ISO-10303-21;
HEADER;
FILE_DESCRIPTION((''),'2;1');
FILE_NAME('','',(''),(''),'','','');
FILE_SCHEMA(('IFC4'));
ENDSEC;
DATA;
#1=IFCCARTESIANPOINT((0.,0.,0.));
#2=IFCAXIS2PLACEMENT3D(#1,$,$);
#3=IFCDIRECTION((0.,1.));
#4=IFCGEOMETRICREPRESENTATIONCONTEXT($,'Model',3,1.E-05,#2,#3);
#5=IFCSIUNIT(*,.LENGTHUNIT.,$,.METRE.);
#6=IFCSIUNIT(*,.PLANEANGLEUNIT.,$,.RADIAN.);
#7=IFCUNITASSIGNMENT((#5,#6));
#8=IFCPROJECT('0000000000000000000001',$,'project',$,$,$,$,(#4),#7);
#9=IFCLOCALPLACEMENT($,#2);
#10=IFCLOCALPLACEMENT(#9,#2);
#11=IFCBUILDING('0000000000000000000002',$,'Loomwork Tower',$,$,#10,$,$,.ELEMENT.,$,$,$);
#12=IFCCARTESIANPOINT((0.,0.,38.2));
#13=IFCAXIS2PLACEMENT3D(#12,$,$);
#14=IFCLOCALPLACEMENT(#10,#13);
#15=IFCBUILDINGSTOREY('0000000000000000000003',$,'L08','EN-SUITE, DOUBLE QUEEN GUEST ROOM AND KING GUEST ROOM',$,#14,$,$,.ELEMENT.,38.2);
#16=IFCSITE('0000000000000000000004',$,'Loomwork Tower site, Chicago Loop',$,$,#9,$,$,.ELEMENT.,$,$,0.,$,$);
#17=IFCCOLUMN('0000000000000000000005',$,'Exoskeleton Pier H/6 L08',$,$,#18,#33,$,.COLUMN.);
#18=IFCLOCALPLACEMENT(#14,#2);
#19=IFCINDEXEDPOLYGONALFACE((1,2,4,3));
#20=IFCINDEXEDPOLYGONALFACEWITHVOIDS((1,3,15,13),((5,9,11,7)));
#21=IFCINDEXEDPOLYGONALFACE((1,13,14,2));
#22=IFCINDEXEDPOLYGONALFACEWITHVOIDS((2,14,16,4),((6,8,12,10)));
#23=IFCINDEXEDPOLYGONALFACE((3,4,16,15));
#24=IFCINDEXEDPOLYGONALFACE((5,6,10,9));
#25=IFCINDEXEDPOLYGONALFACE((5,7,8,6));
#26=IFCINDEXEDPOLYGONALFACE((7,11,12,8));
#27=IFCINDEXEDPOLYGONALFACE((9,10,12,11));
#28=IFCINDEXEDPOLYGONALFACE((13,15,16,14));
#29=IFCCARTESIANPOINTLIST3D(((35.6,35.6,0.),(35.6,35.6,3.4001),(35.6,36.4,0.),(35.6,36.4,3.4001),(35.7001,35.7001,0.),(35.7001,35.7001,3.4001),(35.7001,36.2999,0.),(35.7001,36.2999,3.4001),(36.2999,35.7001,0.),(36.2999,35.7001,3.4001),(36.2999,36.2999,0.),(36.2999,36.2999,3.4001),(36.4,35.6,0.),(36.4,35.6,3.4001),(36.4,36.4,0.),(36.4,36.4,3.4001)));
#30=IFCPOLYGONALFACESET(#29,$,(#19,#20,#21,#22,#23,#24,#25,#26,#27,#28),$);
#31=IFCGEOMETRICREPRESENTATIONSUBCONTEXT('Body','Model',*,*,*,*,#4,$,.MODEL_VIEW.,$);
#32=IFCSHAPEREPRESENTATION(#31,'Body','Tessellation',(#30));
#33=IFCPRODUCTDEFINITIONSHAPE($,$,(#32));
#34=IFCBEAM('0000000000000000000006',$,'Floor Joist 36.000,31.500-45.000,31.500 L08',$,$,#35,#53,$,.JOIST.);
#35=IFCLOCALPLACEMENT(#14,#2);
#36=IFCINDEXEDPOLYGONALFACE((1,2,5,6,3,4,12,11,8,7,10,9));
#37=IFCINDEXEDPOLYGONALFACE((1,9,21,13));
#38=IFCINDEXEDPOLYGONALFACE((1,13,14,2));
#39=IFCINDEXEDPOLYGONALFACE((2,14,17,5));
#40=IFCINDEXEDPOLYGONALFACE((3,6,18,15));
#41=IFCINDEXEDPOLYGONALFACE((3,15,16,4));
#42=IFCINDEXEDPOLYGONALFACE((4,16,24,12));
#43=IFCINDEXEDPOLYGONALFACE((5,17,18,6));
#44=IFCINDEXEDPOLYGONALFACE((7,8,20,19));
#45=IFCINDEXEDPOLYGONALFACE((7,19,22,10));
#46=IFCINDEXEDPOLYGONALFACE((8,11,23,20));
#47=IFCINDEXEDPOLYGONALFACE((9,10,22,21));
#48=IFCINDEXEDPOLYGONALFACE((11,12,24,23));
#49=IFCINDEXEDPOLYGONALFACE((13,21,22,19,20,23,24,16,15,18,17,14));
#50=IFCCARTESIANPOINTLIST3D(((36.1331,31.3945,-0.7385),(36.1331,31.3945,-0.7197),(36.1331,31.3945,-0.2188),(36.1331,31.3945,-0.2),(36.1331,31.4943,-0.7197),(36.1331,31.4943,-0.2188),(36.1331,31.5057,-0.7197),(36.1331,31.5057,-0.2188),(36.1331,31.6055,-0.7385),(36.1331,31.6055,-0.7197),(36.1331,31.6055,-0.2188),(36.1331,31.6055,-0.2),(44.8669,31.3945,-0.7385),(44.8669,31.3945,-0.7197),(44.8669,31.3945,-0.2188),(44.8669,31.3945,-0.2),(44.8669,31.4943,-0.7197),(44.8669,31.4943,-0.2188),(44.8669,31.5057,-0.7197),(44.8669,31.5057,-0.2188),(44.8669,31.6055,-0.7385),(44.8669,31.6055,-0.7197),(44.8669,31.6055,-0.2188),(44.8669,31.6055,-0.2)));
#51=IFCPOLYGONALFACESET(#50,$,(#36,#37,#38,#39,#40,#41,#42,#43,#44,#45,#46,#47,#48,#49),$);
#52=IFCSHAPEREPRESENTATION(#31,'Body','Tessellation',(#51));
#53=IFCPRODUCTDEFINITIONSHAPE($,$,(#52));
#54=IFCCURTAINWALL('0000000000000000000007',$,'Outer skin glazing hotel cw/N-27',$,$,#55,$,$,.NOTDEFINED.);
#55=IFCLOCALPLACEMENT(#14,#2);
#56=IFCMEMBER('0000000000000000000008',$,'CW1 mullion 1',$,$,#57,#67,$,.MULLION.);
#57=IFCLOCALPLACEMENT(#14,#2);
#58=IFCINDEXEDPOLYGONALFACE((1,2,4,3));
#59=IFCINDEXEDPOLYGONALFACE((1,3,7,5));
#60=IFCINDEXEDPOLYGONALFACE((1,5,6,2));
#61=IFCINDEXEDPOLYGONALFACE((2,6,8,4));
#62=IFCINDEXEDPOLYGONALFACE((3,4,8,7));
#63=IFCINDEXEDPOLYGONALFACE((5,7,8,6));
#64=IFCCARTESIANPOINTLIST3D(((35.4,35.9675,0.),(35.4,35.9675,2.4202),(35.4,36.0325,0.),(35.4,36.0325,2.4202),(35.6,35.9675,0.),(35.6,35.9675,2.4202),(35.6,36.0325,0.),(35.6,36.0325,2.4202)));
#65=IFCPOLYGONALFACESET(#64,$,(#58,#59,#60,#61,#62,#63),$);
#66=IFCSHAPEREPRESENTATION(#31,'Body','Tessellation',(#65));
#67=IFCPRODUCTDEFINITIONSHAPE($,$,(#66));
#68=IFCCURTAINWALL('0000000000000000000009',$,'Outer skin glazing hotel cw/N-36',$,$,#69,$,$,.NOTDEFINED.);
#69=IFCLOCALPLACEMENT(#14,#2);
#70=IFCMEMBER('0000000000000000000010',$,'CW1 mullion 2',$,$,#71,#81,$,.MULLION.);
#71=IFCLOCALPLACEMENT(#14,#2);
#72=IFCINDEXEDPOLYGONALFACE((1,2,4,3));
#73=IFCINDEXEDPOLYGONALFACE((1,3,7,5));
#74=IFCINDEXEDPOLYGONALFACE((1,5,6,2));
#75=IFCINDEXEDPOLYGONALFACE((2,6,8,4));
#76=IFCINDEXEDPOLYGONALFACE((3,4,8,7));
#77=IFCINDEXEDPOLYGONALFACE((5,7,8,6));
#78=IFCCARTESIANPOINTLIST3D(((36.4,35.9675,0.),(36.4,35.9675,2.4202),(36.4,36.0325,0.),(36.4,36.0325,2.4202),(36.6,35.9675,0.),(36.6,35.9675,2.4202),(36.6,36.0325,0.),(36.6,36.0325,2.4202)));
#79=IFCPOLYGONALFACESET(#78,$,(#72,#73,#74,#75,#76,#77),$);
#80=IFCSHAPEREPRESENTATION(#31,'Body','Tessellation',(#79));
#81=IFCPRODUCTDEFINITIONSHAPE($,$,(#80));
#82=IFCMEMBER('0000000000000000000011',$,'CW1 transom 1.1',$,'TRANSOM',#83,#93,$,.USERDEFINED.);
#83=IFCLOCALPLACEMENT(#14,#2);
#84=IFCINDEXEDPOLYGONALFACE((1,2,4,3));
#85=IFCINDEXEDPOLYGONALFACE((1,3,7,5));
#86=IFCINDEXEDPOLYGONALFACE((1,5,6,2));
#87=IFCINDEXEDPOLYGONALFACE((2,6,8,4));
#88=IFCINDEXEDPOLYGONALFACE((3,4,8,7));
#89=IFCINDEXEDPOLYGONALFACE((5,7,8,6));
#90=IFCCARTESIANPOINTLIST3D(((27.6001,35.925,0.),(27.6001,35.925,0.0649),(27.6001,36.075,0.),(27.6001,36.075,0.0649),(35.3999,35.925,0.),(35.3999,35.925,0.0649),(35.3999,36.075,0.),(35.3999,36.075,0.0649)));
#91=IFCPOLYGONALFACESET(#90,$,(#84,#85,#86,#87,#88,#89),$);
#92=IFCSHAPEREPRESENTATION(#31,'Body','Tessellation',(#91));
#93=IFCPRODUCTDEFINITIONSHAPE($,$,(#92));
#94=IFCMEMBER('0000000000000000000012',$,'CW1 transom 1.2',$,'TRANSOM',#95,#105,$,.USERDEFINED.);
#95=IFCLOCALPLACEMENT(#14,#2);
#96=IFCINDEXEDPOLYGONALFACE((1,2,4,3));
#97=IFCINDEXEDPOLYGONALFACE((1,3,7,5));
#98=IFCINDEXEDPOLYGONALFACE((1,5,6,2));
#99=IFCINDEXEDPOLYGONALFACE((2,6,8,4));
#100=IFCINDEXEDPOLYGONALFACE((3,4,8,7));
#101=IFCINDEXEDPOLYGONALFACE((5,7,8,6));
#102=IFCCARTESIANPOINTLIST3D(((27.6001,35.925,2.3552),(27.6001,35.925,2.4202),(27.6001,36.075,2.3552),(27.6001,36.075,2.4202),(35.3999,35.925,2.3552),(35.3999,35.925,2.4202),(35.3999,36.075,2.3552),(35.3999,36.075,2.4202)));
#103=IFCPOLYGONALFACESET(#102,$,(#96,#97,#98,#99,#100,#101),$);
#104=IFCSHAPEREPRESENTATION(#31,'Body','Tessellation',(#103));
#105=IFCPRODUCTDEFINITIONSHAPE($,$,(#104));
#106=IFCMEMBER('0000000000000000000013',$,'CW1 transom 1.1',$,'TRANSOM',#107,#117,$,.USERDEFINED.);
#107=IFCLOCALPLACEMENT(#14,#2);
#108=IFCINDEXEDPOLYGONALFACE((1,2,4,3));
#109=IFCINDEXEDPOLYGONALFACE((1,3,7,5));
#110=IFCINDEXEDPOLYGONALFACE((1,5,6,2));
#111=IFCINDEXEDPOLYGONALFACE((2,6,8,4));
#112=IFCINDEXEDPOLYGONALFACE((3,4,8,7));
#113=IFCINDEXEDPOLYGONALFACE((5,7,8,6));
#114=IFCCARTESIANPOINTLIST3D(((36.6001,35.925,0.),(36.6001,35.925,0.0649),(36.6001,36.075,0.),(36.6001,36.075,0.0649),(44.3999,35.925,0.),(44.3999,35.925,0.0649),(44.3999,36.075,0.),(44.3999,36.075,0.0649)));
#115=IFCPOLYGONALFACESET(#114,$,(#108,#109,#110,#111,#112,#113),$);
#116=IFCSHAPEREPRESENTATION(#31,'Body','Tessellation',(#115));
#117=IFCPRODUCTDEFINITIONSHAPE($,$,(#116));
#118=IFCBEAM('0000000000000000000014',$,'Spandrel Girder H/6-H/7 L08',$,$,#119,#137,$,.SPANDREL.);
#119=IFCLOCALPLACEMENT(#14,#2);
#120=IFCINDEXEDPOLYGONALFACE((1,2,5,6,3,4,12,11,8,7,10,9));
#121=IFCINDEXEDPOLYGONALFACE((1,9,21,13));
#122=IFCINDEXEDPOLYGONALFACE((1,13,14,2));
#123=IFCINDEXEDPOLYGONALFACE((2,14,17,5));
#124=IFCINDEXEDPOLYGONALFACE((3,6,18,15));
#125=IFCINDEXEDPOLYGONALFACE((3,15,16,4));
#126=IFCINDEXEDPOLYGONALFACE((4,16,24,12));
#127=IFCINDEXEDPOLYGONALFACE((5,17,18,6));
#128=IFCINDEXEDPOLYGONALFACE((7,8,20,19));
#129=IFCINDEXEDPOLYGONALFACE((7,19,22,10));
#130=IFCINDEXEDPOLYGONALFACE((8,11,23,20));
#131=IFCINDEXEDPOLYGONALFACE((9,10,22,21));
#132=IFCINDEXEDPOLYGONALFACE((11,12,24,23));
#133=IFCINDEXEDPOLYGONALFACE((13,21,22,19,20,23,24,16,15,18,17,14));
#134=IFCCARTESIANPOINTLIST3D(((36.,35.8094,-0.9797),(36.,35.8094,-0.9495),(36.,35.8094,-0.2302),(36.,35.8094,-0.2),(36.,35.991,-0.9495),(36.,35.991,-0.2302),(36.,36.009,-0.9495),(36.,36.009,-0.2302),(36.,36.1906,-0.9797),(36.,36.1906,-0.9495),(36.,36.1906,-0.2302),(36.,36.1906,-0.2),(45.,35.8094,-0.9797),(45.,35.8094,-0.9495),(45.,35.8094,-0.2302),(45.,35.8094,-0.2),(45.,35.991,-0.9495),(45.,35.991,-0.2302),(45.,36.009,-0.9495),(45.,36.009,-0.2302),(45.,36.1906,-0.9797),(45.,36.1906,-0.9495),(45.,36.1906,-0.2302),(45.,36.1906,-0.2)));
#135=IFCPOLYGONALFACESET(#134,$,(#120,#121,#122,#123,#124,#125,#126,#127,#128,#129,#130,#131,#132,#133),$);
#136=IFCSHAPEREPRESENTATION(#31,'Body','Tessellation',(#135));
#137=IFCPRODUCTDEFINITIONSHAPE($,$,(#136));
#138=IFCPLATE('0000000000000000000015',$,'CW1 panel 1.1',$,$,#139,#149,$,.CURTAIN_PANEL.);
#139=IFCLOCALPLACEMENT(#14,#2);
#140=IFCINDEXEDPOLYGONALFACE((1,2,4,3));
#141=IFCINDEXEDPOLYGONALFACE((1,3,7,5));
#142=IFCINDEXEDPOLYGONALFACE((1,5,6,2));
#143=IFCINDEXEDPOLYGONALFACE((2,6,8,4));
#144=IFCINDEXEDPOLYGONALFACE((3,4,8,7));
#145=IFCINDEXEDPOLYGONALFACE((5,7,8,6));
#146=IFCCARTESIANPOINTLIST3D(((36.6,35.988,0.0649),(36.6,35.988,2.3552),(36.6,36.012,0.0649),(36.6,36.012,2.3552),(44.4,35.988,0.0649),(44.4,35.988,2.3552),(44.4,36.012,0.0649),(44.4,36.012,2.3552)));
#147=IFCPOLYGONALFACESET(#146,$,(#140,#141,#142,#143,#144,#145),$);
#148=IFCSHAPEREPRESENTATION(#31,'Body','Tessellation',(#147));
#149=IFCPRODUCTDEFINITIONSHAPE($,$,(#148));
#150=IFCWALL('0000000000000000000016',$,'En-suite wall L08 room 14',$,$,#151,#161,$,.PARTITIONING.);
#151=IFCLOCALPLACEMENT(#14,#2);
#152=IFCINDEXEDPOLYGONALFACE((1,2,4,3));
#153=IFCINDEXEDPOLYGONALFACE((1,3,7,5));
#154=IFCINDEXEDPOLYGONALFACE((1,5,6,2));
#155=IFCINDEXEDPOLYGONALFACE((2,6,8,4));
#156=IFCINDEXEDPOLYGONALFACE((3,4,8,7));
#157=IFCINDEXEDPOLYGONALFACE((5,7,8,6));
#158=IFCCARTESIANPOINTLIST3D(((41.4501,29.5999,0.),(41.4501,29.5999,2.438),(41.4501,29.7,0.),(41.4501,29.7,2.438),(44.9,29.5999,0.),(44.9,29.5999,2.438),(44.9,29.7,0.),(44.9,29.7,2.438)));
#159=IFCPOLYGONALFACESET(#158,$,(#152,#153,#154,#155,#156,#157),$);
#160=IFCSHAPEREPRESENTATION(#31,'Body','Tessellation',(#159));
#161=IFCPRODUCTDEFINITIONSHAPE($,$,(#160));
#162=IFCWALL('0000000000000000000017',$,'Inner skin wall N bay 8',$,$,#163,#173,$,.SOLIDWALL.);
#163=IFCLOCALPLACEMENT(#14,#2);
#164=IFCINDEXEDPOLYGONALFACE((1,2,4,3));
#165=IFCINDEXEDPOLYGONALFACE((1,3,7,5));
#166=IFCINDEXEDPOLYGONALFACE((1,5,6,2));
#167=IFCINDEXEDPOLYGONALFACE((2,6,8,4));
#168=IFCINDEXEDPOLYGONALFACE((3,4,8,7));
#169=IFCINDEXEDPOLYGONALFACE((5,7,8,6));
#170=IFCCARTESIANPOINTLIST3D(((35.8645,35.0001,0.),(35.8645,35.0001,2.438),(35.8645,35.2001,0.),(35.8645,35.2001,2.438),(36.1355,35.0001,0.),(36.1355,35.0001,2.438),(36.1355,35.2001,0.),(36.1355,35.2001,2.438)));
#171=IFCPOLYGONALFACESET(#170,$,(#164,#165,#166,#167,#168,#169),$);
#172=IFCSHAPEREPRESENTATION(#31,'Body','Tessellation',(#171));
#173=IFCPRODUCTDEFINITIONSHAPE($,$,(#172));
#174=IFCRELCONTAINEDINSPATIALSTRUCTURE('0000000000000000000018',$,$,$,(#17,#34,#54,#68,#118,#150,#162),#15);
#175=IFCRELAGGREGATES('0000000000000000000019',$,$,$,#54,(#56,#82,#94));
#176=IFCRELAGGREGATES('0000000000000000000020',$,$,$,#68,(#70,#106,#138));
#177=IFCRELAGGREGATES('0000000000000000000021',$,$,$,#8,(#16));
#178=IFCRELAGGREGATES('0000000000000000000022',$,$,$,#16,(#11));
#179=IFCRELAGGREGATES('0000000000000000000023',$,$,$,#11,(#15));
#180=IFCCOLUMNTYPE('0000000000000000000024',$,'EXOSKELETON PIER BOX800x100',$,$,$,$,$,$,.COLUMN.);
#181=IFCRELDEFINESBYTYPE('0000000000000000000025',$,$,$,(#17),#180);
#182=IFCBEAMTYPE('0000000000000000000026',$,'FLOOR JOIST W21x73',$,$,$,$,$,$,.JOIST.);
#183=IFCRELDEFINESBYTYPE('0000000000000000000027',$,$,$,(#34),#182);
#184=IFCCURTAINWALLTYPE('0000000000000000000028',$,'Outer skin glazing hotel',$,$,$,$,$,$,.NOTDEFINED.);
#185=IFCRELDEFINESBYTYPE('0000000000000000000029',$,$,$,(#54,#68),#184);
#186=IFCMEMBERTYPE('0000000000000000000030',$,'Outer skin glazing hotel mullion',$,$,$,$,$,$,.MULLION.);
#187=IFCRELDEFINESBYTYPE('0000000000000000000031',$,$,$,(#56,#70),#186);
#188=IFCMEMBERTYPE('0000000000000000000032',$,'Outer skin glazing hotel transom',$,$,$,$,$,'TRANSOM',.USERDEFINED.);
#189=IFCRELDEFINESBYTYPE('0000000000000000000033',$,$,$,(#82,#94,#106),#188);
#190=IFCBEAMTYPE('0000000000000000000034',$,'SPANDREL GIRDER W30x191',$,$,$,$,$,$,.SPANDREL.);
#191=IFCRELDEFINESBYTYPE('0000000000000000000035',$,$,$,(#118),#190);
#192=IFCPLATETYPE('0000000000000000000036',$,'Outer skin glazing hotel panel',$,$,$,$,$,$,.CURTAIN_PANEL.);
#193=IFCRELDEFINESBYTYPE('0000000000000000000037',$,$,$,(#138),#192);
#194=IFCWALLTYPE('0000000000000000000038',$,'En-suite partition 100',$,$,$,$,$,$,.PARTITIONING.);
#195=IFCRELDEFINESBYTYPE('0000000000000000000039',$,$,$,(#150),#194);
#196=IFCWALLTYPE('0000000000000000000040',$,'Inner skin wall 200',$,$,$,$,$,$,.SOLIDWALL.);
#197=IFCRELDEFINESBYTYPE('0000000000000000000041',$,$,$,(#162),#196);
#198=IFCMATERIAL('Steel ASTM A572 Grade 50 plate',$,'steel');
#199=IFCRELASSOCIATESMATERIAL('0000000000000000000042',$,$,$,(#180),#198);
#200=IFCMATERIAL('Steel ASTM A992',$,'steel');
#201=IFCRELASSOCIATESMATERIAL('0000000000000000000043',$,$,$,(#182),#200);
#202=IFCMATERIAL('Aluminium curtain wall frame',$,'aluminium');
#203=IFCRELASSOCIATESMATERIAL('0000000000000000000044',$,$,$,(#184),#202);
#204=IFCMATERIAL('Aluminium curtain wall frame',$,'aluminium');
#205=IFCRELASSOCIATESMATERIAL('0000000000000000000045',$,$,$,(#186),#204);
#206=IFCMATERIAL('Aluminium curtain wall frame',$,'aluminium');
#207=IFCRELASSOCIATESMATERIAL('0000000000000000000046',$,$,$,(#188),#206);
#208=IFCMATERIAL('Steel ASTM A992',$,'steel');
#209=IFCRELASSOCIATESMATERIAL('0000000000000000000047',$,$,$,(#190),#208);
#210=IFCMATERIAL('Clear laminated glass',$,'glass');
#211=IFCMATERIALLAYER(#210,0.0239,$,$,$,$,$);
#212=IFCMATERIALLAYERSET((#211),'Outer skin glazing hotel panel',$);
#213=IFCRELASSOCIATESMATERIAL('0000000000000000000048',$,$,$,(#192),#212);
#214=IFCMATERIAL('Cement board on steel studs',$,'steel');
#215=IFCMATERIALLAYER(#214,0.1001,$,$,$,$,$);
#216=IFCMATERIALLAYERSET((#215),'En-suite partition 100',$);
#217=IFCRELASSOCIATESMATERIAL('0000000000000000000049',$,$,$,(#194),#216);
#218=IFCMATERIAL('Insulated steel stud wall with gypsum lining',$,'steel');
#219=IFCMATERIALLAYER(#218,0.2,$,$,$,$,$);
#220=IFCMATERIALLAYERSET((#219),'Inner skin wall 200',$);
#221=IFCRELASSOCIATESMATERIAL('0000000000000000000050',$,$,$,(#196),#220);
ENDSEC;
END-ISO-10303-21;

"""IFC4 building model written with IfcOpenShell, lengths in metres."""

from ifc_helpers import new_model, si_unit, direction, frame, frame_2d, origin, origin_2d, place, context, subcontext, project, spatial, rectangle, hollow_rectangle, i_section, extrude, material, layer, layer_set, material_profile, profile_set, type_object, element, aggregate, save


model = new_model("IFC4")

# Units and contexts
model_context = context("Model", 3, precision=1e-05, world=origin(), true_north=direction((0.0, 1.0)))
body_context = subcontext(model_context, "Body", "Model", "MODEL_VIEW")
ifc_project = project(units=[si_unit("LENGTHUNIT", "METRE"), si_unit("PLANEANGLEUNIT", "RADIAN")], contexts=[model_context])

# Site, building, storey
site_placement = place(None, origin())
site = spatial("IfcSite", under=ifc_project, at=site_placement, Name="Loomwork Tower site, Chicago Loop", CompositionType="ELEMENT", RefElevation=0.0)
building_placement = place(site_placement, origin())
building = spatial("IfcBuilding", under=site, at=building_placement, Name="Loomwork Tower", CompositionType="ELEMENT")
storey_placement = place(building_placement, frame((0.0, 0.0, 38.2)))
storey = spatial("IfcBuildingStorey", under=building, at=storey_placement, Name="L08", Description="EN-SUITE, DOUBLE QUEEN GUEST ROOM AND KING GUEST ROOM", CompositionType="ELEMENT", Elevation=38.2)

# Column
ifc_material_1 = material(Name="Steel ASTM A572 Grade 50 plate", Category="steel")
ifc_material_profile_1 = material_profile(ifc_material_1, hollow_rectangle(XDim=0.8, YDim=0.8, WallThickness=0.1001, at=origin_2d()), Name="BOX800x100")
ifc_profile_set_1 = profile_set([ifc_material_profile_1], Name="Steel ASTM A572 Grade 50 plate")
column_type = type_object("IfcColumnType", Name="EXOSKELETON PIER BOX800x100", PredefinedType="COLUMN", material=ifc_profile_set_1)
column_placement = place(storey_placement, frame((36.0, 36.0, 0.0), z_axis=(0.0, 0.0, 1.0), x_axis=(1.0, 0.0, 0.0)))
element("IfcColumn", 1, at=column_placement, inside=storey, type_object=column_type, Name="Exoskeleton Pier H/6 L08", PredefinedType="COLUMN", context=body_context, shape_type="SweptSolid", body=[
    extrude(hollow_rectangle(XDim=0.8, YDim=0.8, WallThickness=0.1001, at=origin_2d()), origin(), (0.0, 0.0, 1.0), 3.4001),
])

# Beam
ifc_material_2 = material(Name="Steel ASTM A992", Category="steel")
ifc_material_profile_2 = material_profile(ifc_material_2, i_section(OverallWidth=0.2109, OverallDepth=0.5386, WebThickness=0.0115, FlangeThickness=0.0188, at=origin_2d()), Name="W21x73")
ifc_profile_set_2 = profile_set([ifc_material_profile_2], Name="Steel ASTM A992")
beam_type_1 = type_object("IfcBeamType", Name="FLOOR JOIST W21x73", PredefinedType="JOIST", material=ifc_profile_set_2)
beam_1_placement = place(storey_placement, frame((36.1331, 31.5, -0.4692), z_axis=(1.0, 0.0, 0.0), x_axis=(0.0, 1.0, 0.0)))
element("IfcBeam", 2, at=beam_1_placement, inside=storey, type_object=beam_type_1, Name="Floor Joist 36.000,31.500-45.000,31.500 L08", PredefinedType="JOIST", context=body_context, shape_type="SweptSolid", body=[
    extrude(i_section(OverallWidth=0.2109, OverallDepth=0.5386, WebThickness=0.0115, FlangeThickness=0.0188, at=origin_2d()), origin(), (0.0, 0.0, 1.0), 8.7339),
])

# Curtain walls, members
ifc_material_3 = material(Name="Aluminium curtain wall frame", Category="aluminium")
curtain_wall_type = type_object("IfcCurtainWallType", Name="Outer skin glazing hotel", PredefinedType="NOTDEFINED", material=ifc_material_3)
curtain_wall_1_placement = place(storey_placement, origin())
curtain_wall_1 = element("IfcCurtainWall", 3, at=curtain_wall_1_placement, inside=storey, type_object=curtain_wall_type, Name="Outer skin glazing hotel cw/N-27", PredefinedType="NOTDEFINED")
ifc_material_4 = material(Name="Aluminium curtain wall frame", Category="aluminium")
ifc_material_profile_3 = material_profile(ifc_material_4, rectangle(XDim=0.0649, YDim=0.2, at=origin_2d()), Name="AL 65x200")
ifc_profile_set_3 = profile_set([ifc_material_profile_3], Name="Aluminium curtain wall frame")
member_type_1 = type_object("IfcMemberType", Name="Outer skin glazing hotel mullion", PredefinedType="MULLION", material=ifc_profile_set_3)
member_1_placement = place(storey_placement, frame((35.5, 36.0, 0.0), z_axis=(0.0, 0.0, 1.0), x_axis=(0.0, -1.0, 0.0)))
member_1 = element("IfcMember", 4, at=member_1_placement, type_object=member_type_1, Name="CW1 mullion 1", PredefinedType="MULLION", context=body_context, shape_type="SweptSolid", body=[
    extrude(rectangle(XDim=0.0649, YDim=0.2, at=origin_2d()), origin(), (0.0, 0.0, 1.0), 2.4202),
])
curtain_wall_2_placement = place(storey_placement, origin())
curtain_wall_2 = element("IfcCurtainWall", 5, at=curtain_wall_2_placement, inside=storey, type_object=curtain_wall_type, Name="Outer skin glazing hotel cw/N-36", PredefinedType="NOTDEFINED")
member_2_placement = place(storey_placement, frame((36.5, 36.0, 0.0), z_axis=(0.0, 0.0, 1.0), x_axis=(0.0, -1.0, 0.0)))
member_2 = element("IfcMember", 6, at=member_2_placement, type_object=member_type_1, Name="CW1 mullion 2", PredefinedType="MULLION", context=body_context, shape_type="SweptSolid", body=[
    extrude(rectangle(XDim=0.0649, YDim=0.2, at=origin_2d()), origin(), (0.0, 0.0, 1.0), 2.4202),
])

# Members
ifc_material_5 = material(Name="Aluminium curtain wall frame", Category="aluminium")
ifc_material_profile_4 = material_profile(ifc_material_5, rectangle(XDim=0.1499, YDim=0.0649, at=origin_2d()), Name="AL 65x150")
ifc_profile_set_4 = profile_set([ifc_material_profile_4], Name="Aluminium curtain wall frame")
member_type_2 = type_object("IfcMemberType", Name="Outer skin glazing hotel transom", ElementType="TRANSOM", PredefinedType="USERDEFINED", material=ifc_profile_set_4)
member_3_placement = place(storey_placement, frame((35.3999, 36.0, 0.0325), z_axis=(-1.0, 0.0, 0.0), x_axis=(0.0, -1.0, 0.0)))
member_3 = element("IfcMember", 7, at=member_3_placement, type_object=member_type_2, Name="CW1 transom 1.1", ObjectType="TRANSOM", PredefinedType="USERDEFINED", context=body_context, shape_type="SweptSolid", body=[
    extrude(rectangle(XDim=0.1499, YDim=0.0649, at=origin_2d()), origin(), (0.0, 0.0, 1.0), 7.7998),
])
member_4_placement = place(storey_placement, frame((35.3999, 36.0, 2.3877), z_axis=(-1.0, 0.0, 0.0), x_axis=(0.0, -1.0, 0.0)))
member_4 = element("IfcMember", 8, at=member_4_placement, type_object=member_type_2, Name="CW1 transom 1.2", ObjectType="TRANSOM", PredefinedType="USERDEFINED", context=body_context, shape_type="SweptSolid", body=[
    extrude(rectangle(XDim=0.1499, YDim=0.0649, at=origin_2d()), origin(), (0.0, 0.0, 1.0), 7.7998),
])
aggregate(curtain_wall_1, [member_1, member_3, member_4])
member_5_placement = place(storey_placement, frame((44.3999, 36.0, 0.0325), z_axis=(-1.0, 0.0, 0.0), x_axis=(0.0, -1.0, 0.0)))
member_5 = element("IfcMember", 9, at=member_5_placement, type_object=member_type_2, Name="CW1 transom 1.1", ObjectType="TRANSOM", PredefinedType="USERDEFINED", context=body_context, shape_type="SweptSolid", body=[
    extrude(rectangle(XDim=0.1499, YDim=0.0649, at=origin_2d()), origin(), (0.0, 0.0, 1.0), 7.7998),
])

# Beam
ifc_material_6 = material(Name="Steel ASTM A992", Category="steel")
ifc_material_profile_5 = material_profile(ifc_material_6, i_section(OverallWidth=0.3811, OverallDepth=0.7798, WebThickness=0.0181, FlangeThickness=0.0303, at=origin_2d()), Name="W30x191")
ifc_profile_set_5 = profile_set([ifc_material_profile_5], Name="Steel ASTM A992")
beam_type_2 = type_object("IfcBeamType", Name="SPANDREL GIRDER W30x191", PredefinedType="SPANDREL", material=ifc_profile_set_5)
beam_2_placement = place(storey_placement, frame((36.0, 36.0, -0.5898), z_axis=(1.0, 0.0, 0.0), x_axis=(0.0, 1.0, 0.0)))
element("IfcBeam", 10, at=beam_2_placement, inside=storey, type_object=beam_type_2, Name="Spandrel Girder H/6-H/7 L08", PredefinedType="SPANDREL", context=body_context, shape_type="SweptSolid", body=[
    extrude(i_section(OverallWidth=0.3811, OverallDepth=0.7798, WebThickness=0.0181, FlangeThickness=0.0303, at=origin_2d()), origin(), (0.0, 0.0, 1.0), 9.0),
])

# Plate
ifc_material_7 = material(Name="Clear laminated glass", Category="glass")
ifc_layer_1 = layer(ifc_material_7, 0.0239)
ifc_layer_set_1 = layer_set([ifc_layer_1], Name="Outer skin glazing hotel panel")
plate_type = type_object("IfcPlateType", Name="Outer skin glazing hotel panel", PredefinedType="CURTAIN_PANEL", material=ifc_layer_set_1)
plate_placement = place(storey_placement, frame((40.5, 36.0, 0.0649), z_axis=(0.0, 0.0, 1.0), x_axis=(-1.0, 0.0, 0.0)))
plate = element("IfcPlate", 11, at=plate_placement, type_object=plate_type, Name="CW1 panel 1.1", PredefinedType="CURTAIN_PANEL", context=body_context, shape_type="SweptSolid", body=[
    extrude(rectangle(XDim=7.8, YDim=0.0239, at=origin_2d()), origin(), (0.0, 0.0, 1.0), 2.2903),
])
aggregate(curtain_wall_2, [member_2, member_5, plate])

# Walls
ifc_material_8 = material(Name="Cement board on steel studs", Category="steel")
ifc_layer_2 = layer(ifc_material_8, 0.1001)
ifc_layer_set_2 = layer_set([ifc_layer_2], Name="En-suite partition 100")
wall_type_1 = type_object("IfcWallType", Name="En-suite partition 100", PredefinedType="PARTITIONING", material=ifc_layer_set_2)
wall_1_placement = place(storey_placement, frame((41.45, 29.6499, 0.0), z_axis=(0.0, 0.0, 1.0), x_axis=(1.0, 0.0, 0.0)))
element("IfcWall", 12, at=wall_1_placement, inside=storey, type_object=wall_type_1, Name="En-suite wall L08 room 14", PredefinedType="PARTITIONING", context=body_context, shape_type="SweptSolid", body=[
    extrude(rectangle(XDim=3.45, YDim=0.1001, at=frame_2d((1.7251, 0.0))), origin(), (0.0, 0.0, 1.0), 2.438),
])
ifc_material_9 = material(Name="Insulated steel stud wall with gypsum lining", Category="steel")
ifc_layer_3 = layer(ifc_material_9, 0.2)
ifc_layer_set_3 = layer_set([ifc_layer_3], Name="Inner skin wall 200")
wall_type_2 = type_object("IfcWallType", Name="Inner skin wall 200", PredefinedType="SOLIDWALL", material=ifc_layer_set_3)
wall_2_placement = place(storey_placement, frame((35.8645, 35.1001, 0.0), z_axis=(0.0, 0.0, 1.0), x_axis=(1.0, 0.0, 0.0)))
element("IfcWall", 13, at=wall_2_placement, inside=storey, type_object=wall_type_2, Name="Inner skin wall N bay 8", PredefinedType="SOLIDWALL", context=body_context, shape_type="SweptSolid", body=[
    extrude(rectangle(XDim=0.271, YDim=0.2, at=frame_2d((0.1355, 0.0))), origin(), (0.0, 0.0, 1.0), 2.438),
])

save(model, "model.ifc")
